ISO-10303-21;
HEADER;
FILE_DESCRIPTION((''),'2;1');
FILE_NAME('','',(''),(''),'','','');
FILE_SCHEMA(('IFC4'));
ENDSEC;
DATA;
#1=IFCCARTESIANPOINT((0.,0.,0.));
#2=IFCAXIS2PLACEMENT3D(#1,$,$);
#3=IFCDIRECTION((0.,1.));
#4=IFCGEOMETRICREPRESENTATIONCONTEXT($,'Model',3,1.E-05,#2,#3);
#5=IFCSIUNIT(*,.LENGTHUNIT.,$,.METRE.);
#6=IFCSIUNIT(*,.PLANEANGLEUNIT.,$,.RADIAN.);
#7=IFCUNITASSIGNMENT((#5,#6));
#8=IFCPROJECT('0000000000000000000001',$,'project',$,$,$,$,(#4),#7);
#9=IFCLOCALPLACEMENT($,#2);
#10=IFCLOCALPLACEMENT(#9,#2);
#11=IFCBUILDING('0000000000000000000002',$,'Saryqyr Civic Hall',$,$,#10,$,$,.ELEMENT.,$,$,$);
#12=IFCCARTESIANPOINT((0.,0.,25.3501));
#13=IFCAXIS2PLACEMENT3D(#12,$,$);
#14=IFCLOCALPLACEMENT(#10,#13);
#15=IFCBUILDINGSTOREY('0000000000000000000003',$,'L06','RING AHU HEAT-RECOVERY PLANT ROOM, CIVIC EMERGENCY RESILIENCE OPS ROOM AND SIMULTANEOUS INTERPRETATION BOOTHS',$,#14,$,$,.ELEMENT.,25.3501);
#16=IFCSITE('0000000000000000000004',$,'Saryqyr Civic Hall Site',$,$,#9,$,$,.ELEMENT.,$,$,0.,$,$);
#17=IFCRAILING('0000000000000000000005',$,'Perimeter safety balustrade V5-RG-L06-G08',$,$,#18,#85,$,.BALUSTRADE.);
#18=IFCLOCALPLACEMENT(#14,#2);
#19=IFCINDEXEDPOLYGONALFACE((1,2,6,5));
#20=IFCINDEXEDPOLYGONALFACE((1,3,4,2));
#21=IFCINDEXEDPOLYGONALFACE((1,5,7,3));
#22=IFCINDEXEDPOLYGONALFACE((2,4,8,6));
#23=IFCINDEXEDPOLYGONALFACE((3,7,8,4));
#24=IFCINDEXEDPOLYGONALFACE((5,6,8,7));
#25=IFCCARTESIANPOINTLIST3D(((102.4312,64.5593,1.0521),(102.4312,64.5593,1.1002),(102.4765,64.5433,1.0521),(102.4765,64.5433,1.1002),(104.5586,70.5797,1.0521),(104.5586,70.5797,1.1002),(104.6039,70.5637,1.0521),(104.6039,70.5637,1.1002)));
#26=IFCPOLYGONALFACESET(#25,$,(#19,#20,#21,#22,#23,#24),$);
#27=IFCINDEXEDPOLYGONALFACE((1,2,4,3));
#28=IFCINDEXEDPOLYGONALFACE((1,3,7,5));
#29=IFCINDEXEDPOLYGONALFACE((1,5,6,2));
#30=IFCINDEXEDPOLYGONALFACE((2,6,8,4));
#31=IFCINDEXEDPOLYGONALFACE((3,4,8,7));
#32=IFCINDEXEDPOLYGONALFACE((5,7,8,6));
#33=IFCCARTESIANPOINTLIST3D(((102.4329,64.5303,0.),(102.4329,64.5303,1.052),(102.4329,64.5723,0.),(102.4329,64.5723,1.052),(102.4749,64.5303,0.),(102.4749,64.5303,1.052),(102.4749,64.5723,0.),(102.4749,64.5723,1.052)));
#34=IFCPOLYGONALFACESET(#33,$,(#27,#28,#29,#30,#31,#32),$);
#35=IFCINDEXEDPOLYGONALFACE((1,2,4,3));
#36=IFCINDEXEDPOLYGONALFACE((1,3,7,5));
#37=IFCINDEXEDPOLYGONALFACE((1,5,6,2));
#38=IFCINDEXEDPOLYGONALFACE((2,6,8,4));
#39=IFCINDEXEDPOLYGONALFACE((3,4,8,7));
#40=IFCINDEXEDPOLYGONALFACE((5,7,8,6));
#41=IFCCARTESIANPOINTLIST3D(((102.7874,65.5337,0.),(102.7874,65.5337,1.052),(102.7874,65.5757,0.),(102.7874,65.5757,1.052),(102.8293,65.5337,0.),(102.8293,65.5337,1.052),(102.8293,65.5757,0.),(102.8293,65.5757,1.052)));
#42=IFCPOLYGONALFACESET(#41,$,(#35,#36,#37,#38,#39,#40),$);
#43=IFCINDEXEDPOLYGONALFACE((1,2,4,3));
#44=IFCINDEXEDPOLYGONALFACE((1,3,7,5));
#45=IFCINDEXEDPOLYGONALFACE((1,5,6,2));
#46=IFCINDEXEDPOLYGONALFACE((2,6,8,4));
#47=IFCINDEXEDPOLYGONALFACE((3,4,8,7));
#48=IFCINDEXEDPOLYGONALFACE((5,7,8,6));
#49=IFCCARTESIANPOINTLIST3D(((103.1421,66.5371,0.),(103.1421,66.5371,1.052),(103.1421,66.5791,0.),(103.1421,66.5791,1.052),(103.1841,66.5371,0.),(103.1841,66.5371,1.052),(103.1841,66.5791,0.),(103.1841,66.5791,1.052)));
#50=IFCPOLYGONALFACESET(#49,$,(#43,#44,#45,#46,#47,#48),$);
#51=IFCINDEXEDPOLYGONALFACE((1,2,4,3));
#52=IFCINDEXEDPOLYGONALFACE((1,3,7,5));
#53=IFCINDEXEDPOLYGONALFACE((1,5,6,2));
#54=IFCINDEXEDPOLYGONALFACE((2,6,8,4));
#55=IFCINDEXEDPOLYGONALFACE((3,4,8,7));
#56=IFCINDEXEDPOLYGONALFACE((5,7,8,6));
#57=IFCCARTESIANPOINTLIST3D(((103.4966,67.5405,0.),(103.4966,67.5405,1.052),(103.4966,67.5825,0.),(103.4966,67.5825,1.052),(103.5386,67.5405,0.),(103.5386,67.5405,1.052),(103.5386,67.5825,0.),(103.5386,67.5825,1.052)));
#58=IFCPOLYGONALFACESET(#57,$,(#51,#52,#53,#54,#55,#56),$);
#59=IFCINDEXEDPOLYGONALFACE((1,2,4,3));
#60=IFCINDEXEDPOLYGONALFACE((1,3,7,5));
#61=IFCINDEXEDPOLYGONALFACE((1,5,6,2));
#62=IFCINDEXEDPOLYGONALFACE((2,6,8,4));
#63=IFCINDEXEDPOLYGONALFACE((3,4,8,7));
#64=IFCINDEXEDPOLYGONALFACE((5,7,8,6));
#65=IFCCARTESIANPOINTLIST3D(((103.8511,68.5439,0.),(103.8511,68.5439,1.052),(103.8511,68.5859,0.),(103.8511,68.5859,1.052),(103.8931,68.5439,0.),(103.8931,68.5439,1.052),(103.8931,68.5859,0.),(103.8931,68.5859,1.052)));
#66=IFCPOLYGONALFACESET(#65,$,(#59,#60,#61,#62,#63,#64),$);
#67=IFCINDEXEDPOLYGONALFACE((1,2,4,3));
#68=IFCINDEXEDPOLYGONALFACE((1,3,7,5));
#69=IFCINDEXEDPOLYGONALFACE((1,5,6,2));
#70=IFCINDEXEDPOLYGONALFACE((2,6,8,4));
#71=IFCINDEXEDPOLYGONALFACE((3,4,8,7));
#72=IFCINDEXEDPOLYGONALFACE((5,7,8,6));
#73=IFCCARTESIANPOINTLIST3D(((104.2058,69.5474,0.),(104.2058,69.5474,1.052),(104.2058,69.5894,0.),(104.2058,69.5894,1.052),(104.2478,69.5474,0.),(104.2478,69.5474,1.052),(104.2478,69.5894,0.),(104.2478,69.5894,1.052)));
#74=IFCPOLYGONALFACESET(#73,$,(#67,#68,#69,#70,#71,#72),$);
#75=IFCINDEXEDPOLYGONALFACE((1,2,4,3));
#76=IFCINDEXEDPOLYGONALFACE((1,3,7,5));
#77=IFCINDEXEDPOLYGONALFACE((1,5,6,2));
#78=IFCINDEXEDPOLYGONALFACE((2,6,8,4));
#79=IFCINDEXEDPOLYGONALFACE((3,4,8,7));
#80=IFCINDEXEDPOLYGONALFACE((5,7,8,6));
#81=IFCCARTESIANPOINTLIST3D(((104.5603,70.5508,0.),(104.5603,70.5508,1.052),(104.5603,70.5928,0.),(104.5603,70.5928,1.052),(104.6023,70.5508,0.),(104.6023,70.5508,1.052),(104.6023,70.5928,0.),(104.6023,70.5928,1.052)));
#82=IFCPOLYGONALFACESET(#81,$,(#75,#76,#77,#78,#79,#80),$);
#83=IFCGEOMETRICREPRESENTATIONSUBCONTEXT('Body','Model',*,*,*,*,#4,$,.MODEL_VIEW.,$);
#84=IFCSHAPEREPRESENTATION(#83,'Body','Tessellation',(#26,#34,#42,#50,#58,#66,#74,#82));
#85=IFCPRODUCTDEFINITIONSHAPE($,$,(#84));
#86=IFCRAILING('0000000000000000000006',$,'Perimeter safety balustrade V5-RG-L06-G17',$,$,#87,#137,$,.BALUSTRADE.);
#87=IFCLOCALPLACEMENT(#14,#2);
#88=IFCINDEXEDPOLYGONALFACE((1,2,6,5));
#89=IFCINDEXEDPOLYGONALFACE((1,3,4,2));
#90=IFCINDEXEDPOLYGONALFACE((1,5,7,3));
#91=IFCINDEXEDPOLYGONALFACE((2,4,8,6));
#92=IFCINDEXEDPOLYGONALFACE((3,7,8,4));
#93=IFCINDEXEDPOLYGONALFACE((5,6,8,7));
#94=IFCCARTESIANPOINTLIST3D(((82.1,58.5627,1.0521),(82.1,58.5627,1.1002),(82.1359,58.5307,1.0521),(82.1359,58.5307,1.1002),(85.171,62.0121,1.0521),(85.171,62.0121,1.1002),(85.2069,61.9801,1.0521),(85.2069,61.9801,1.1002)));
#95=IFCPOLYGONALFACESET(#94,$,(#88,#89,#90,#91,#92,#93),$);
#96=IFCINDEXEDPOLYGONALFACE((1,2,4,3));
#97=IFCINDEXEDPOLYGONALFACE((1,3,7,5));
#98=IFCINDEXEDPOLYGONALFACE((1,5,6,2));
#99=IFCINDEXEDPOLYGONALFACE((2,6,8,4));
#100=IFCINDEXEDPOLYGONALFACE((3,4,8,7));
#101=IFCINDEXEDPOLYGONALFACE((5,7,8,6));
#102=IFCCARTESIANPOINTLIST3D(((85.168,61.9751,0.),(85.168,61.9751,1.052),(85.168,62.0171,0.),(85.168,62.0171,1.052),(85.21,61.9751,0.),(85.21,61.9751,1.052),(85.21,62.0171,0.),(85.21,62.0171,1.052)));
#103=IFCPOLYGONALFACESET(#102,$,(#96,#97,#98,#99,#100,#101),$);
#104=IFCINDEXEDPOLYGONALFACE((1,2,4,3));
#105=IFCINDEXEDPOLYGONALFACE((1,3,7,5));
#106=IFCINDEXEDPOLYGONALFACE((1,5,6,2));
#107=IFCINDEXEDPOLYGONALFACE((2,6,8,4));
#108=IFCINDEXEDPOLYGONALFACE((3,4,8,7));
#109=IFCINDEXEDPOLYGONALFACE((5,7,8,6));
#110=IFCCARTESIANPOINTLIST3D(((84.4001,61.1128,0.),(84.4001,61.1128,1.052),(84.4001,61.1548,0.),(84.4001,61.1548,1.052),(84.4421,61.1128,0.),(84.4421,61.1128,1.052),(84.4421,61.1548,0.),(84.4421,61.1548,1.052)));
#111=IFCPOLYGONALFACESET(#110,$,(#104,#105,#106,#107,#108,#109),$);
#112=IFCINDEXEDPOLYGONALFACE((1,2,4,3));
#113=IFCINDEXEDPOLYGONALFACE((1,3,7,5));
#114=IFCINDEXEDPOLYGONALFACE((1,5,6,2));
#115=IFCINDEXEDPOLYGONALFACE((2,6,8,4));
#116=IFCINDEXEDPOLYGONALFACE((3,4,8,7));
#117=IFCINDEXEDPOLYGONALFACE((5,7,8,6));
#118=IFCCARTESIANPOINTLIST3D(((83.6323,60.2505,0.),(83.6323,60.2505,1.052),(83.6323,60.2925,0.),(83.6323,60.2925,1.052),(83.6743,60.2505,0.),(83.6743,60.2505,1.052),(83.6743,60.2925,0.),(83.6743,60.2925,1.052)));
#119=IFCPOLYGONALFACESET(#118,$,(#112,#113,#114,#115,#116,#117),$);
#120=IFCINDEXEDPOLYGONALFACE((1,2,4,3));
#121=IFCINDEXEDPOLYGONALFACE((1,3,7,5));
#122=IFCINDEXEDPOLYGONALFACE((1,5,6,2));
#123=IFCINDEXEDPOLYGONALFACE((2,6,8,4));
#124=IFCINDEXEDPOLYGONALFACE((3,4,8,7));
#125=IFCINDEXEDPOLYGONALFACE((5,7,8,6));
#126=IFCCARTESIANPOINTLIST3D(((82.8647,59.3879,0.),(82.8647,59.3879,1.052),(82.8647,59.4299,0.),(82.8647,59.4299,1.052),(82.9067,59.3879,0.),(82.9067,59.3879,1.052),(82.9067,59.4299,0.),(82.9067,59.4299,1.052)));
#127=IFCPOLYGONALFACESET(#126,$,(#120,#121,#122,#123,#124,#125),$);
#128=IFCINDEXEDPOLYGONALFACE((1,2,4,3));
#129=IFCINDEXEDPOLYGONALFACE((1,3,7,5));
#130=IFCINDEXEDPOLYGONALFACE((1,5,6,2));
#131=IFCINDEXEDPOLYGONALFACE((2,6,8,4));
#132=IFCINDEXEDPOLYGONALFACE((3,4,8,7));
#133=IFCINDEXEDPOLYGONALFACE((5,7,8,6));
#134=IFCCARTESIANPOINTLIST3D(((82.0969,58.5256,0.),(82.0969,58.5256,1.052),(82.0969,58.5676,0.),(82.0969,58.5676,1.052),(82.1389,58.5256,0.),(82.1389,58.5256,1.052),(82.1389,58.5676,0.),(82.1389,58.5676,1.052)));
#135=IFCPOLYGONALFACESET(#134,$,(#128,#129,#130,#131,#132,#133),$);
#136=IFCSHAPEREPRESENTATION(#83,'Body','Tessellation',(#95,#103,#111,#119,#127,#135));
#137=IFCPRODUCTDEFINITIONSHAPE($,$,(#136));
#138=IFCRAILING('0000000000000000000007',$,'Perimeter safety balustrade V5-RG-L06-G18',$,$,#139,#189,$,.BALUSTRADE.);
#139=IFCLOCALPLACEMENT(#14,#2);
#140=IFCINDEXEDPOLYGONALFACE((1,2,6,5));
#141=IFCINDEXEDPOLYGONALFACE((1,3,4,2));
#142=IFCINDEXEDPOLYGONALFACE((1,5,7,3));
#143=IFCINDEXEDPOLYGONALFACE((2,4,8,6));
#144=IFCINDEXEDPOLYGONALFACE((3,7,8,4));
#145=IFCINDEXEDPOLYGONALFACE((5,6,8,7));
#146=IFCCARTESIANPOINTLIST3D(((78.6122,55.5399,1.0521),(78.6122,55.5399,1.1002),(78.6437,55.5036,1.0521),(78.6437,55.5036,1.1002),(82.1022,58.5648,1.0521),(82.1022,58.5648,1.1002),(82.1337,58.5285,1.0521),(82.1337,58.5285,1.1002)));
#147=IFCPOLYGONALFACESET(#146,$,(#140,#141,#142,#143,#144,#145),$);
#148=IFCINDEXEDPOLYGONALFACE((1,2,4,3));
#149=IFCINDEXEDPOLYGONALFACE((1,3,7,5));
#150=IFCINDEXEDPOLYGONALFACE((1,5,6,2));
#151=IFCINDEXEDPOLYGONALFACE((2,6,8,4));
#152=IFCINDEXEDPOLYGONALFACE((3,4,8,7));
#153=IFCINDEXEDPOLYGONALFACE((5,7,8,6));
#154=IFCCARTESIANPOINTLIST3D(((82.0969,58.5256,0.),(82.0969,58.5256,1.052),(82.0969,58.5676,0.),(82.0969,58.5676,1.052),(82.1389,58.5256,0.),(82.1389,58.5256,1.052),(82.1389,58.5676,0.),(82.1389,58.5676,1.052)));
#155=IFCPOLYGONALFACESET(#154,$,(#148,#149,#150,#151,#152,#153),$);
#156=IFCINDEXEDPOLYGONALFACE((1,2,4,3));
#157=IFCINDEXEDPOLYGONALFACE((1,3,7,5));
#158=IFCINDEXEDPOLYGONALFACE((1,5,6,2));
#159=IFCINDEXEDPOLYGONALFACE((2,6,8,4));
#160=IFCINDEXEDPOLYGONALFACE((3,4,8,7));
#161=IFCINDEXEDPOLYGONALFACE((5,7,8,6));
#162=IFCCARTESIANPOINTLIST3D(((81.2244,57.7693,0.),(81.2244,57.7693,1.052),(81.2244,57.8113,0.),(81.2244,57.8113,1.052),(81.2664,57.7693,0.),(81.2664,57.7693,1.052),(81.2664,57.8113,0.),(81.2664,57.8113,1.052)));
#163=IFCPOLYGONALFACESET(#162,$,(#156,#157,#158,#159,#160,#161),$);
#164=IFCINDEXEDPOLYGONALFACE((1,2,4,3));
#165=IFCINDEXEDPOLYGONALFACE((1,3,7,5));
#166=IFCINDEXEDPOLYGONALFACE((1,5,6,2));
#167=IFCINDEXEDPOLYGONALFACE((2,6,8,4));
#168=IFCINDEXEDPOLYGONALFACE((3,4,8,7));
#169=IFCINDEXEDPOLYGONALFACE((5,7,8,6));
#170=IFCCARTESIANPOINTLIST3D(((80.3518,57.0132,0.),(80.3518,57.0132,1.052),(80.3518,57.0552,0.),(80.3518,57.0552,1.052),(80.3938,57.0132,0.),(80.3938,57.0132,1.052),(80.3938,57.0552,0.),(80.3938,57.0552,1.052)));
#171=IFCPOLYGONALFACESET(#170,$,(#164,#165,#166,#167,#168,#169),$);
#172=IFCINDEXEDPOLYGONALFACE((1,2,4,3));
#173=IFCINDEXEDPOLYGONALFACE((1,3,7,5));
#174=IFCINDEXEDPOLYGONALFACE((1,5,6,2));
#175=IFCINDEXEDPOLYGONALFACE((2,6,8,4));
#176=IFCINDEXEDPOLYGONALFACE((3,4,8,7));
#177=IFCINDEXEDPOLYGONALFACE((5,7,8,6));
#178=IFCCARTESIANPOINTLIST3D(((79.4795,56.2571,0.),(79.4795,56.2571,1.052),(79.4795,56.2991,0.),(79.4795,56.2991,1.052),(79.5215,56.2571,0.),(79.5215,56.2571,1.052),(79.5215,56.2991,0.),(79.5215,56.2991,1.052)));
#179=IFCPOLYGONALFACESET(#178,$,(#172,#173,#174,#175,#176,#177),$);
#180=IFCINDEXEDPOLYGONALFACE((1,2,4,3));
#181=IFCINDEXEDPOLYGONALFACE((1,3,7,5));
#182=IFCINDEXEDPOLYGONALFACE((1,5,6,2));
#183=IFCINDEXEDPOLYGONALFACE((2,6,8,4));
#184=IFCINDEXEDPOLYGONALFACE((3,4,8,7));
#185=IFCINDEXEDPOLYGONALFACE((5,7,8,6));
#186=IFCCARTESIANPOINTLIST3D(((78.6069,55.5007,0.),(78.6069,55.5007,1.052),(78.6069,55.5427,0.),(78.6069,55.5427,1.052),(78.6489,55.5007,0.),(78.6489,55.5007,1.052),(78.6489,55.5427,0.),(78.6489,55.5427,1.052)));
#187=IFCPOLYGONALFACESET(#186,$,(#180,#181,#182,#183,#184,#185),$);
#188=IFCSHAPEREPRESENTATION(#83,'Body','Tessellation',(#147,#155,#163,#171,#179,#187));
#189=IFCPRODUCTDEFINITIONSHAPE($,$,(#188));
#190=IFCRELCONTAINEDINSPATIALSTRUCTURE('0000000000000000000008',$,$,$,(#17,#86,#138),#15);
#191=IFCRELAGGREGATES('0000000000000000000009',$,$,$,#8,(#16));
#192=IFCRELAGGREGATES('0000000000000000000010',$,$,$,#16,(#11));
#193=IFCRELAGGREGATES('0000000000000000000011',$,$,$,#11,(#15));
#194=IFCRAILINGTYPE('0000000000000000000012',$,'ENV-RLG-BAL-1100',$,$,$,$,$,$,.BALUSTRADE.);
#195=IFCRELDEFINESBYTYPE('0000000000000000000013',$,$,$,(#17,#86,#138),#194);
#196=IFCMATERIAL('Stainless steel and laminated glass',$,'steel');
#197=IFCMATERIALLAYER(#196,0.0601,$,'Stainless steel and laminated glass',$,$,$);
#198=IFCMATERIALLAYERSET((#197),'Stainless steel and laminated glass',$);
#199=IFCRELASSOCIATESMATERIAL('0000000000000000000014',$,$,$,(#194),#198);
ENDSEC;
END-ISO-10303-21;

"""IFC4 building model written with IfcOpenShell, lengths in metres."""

from ifc_helpers import new_model, si_unit, direction, frame, origin, origin_2d, place, context, subcontext, project, spatial, rectangle, extrude, material, layer, layer_set, type_object, element, save


model = new_model("IFC4")

# Units and contexts
model_context = context("Model", 3, precision=1e-05, world=origin(), true_north=direction((0.0, 1.0)))
body_context = subcontext(model_context, "Body", "Model", "MODEL_VIEW")
ifc_project = project(units=[si_unit("LENGTHUNIT", "METRE"), si_unit("PLANEANGLEUNIT", "RADIAN")], contexts=[model_context])

# Site, building, storey
site_placement = place(None, origin())
site = spatial("IfcSite", under=ifc_project, at=site_placement, Name="Saryqyr Civic Hall Site", CompositionType="ELEMENT", RefElevation=0.0)
building_placement = place(site_placement, origin())
building = spatial("IfcBuilding", under=site, at=building_placement, Name="Saryqyr Civic Hall", CompositionType="ELEMENT")
storey_placement = place(building_placement, frame((0.0, 0.0, 25.3501)))
storey = spatial("IfcBuildingStorey", under=building, at=storey_placement, Name="L06", Description="RING AHU HEAT-RECOVERY PLANT ROOM, CIVIC EMERGENCY RESILIENCE OPS ROOM AND SIMULTANEOUS INTERPRETATION BOOTHS", CompositionType="ELEMENT", Elevation=25.3501)

# Railings
ifc_material_1 = material(Name="Stainless steel and laminated glass", Category="steel")
ifc_layer_1 = layer(ifc_material_1, 0.0601, Name="Stainless steel and laminated glass")
ifc_layer_set_1 = layer_set([ifc_layer_1], Name="Stainless steel and laminated glass")
railing_type = type_object("IfcRailingType", Name="ENV-RLG-BAL-1100", PredefinedType="BALUSTRADE", material=ifc_layer_set_1)
railing_1_placement = place(storey_placement, frame((102.4539, 64.5513, 0.0)))
element("IfcRailing", 1, at=railing_1_placement, inside=storey, type_object=railing_type, Name="Perimeter safety balustrade V5-RG-L06-G08", PredefinedType="BALUSTRADE", context=body_context, shape_type="SweptSolid", body=[
    extrude(rectangle(XDim=0.0481, YDim=0.0481, at=origin_2d()), frame((0.0, 0.0, 1.0762), z_axis=(0.333176, 0.942865, 0.0), x_axis=(-0.942865, 0.333176, 0.0)), (0.0, 0.0, 1.0), 6.3853),
    extrude(rectangle(XDim=0.042, YDim=0.042, at=origin_2d()), origin(), (0.0, 0.0, 1.0), 1.052),
    extrude(rectangle(XDim=0.042, YDim=0.042, at=origin_2d()), frame((0.3545, 1.0034, 0.0)), (0.0, 0.0, 1.0), 1.052),
    extrude(rectangle(XDim=0.042, YDim=0.042, at=origin_2d()), frame((0.7092, 2.0068, 0.0)), (0.0, 0.0, 1.0), 1.052),
    extrude(rectangle(XDim=0.042, YDim=0.042, at=origin_2d()), frame((1.0637, 3.0103, 0.0)), (0.0, 0.0, 1.0), 1.052),
    extrude(rectangle(XDim=0.042, YDim=0.042, at=origin_2d()), frame((1.4182, 4.0137, 0.0)), (0.0, 0.0, 1.0), 1.052),
    extrude(rectangle(XDim=0.042, YDim=0.042, at=origin_2d()), frame((1.7729, 5.0171, 0.0)), (0.0, 0.0, 1.0), 1.052),
    extrude(rectangle(XDim=0.042, YDim=0.042, at=origin_2d()), frame((2.1274, 6.0205, 0.0)), (0.0, 0.0, 1.0), 1.052),
])
railing_2_placement = place(storey_placement, frame((85.189, 61.9961, 0.0)))
element("IfcRailing", 2, at=railing_2_placement, inside=storey, type_object=railing_type, Name="Perimeter safety balustrade V5-RG-L06-G17", PredefinedType="BALUSTRADE", context=body_context, shape_type="SweptSolid", body=[
    extrude(rectangle(XDim=0.0481, YDim=0.0481, at=origin_2d()), frame((0.0, 0.0, 1.0762), z_axis=(-0.664951, -0.746887, 0.0), x_axis=(0.746887, -0.664951, 0.0)), (0.0, 0.0, 1.0), 4.6184),
    extrude(rectangle(XDim=0.042, YDim=0.042, at=origin_2d()), origin(), (0.0, 0.0, 1.0), 1.052),
    extrude(rectangle(XDim=0.042, YDim=0.042, at=origin_2d()), frame((-0.7678, -0.8623, 0.0)), (0.0, 0.0, 1.0), 1.052),
    extrude(rectangle(XDim=0.042, YDim=0.042, at=origin_2d()), frame((-1.5356, -1.7246, 0.0)), (0.0, 0.0, 1.0), 1.052),
    extrude(rectangle(XDim=0.042, YDim=0.042, at=origin_2d()), frame((-2.3032, -2.5872, 0.0)), (0.0, 0.0, 1.0), 1.052),
    extrude(rectangle(XDim=0.042, YDim=0.042, at=origin_2d()), frame((-3.071, -3.4495, 0.0)), (0.0, 0.0, 1.0), 1.052),
])
railing_3_placement = place(storey_placement, frame((82.1179, 58.5466, 0.0)))
element("IfcRailing", 3, at=railing_3_placement, inside=storey, type_object=railing_type, Name="Perimeter safety balustrade V5-RG-L06-G18", PredefinedType="BALUSTRADE", context=body_context, shape_type="SweptSolid", body=[
    extrude(rectangle(XDim=0.0481, YDim=0.0481, at=origin_2d()), frame((0.0, 0.0, 1.0762), z_axis=(-0.755663, -0.654961, 0.0), x_axis=(0.654961, -0.755663, 0.0)), (0.0, 0.0, 1.0), 4.6184),
    extrude(rectangle(XDim=0.042, YDim=0.042, at=origin_2d()), origin(), (0.0, 0.0, 1.0), 1.052),
    extrude(rectangle(XDim=0.042, YDim=0.042, at=origin_2d()), frame((-0.8726, -0.7563, 0.0)), (0.0, 0.0, 1.0), 1.052),
    extrude(rectangle(XDim=0.042, YDim=0.042, at=origin_2d()), frame((-1.7451, -1.5125, 0.0)), (0.0, 0.0, 1.0), 1.052),
    extrude(rectangle(XDim=0.042, YDim=0.042, at=origin_2d()), frame((-2.6174, -2.2686, 0.0)), (0.0, 0.0, 1.0), 1.052),
    extrude(rectangle(XDim=0.042, YDim=0.042, at=origin_2d()), frame((-3.49, -3.0249, 0.0)), (0.0, 0.0, 1.0), 1.052),
])

save(model, "model.ifc")
